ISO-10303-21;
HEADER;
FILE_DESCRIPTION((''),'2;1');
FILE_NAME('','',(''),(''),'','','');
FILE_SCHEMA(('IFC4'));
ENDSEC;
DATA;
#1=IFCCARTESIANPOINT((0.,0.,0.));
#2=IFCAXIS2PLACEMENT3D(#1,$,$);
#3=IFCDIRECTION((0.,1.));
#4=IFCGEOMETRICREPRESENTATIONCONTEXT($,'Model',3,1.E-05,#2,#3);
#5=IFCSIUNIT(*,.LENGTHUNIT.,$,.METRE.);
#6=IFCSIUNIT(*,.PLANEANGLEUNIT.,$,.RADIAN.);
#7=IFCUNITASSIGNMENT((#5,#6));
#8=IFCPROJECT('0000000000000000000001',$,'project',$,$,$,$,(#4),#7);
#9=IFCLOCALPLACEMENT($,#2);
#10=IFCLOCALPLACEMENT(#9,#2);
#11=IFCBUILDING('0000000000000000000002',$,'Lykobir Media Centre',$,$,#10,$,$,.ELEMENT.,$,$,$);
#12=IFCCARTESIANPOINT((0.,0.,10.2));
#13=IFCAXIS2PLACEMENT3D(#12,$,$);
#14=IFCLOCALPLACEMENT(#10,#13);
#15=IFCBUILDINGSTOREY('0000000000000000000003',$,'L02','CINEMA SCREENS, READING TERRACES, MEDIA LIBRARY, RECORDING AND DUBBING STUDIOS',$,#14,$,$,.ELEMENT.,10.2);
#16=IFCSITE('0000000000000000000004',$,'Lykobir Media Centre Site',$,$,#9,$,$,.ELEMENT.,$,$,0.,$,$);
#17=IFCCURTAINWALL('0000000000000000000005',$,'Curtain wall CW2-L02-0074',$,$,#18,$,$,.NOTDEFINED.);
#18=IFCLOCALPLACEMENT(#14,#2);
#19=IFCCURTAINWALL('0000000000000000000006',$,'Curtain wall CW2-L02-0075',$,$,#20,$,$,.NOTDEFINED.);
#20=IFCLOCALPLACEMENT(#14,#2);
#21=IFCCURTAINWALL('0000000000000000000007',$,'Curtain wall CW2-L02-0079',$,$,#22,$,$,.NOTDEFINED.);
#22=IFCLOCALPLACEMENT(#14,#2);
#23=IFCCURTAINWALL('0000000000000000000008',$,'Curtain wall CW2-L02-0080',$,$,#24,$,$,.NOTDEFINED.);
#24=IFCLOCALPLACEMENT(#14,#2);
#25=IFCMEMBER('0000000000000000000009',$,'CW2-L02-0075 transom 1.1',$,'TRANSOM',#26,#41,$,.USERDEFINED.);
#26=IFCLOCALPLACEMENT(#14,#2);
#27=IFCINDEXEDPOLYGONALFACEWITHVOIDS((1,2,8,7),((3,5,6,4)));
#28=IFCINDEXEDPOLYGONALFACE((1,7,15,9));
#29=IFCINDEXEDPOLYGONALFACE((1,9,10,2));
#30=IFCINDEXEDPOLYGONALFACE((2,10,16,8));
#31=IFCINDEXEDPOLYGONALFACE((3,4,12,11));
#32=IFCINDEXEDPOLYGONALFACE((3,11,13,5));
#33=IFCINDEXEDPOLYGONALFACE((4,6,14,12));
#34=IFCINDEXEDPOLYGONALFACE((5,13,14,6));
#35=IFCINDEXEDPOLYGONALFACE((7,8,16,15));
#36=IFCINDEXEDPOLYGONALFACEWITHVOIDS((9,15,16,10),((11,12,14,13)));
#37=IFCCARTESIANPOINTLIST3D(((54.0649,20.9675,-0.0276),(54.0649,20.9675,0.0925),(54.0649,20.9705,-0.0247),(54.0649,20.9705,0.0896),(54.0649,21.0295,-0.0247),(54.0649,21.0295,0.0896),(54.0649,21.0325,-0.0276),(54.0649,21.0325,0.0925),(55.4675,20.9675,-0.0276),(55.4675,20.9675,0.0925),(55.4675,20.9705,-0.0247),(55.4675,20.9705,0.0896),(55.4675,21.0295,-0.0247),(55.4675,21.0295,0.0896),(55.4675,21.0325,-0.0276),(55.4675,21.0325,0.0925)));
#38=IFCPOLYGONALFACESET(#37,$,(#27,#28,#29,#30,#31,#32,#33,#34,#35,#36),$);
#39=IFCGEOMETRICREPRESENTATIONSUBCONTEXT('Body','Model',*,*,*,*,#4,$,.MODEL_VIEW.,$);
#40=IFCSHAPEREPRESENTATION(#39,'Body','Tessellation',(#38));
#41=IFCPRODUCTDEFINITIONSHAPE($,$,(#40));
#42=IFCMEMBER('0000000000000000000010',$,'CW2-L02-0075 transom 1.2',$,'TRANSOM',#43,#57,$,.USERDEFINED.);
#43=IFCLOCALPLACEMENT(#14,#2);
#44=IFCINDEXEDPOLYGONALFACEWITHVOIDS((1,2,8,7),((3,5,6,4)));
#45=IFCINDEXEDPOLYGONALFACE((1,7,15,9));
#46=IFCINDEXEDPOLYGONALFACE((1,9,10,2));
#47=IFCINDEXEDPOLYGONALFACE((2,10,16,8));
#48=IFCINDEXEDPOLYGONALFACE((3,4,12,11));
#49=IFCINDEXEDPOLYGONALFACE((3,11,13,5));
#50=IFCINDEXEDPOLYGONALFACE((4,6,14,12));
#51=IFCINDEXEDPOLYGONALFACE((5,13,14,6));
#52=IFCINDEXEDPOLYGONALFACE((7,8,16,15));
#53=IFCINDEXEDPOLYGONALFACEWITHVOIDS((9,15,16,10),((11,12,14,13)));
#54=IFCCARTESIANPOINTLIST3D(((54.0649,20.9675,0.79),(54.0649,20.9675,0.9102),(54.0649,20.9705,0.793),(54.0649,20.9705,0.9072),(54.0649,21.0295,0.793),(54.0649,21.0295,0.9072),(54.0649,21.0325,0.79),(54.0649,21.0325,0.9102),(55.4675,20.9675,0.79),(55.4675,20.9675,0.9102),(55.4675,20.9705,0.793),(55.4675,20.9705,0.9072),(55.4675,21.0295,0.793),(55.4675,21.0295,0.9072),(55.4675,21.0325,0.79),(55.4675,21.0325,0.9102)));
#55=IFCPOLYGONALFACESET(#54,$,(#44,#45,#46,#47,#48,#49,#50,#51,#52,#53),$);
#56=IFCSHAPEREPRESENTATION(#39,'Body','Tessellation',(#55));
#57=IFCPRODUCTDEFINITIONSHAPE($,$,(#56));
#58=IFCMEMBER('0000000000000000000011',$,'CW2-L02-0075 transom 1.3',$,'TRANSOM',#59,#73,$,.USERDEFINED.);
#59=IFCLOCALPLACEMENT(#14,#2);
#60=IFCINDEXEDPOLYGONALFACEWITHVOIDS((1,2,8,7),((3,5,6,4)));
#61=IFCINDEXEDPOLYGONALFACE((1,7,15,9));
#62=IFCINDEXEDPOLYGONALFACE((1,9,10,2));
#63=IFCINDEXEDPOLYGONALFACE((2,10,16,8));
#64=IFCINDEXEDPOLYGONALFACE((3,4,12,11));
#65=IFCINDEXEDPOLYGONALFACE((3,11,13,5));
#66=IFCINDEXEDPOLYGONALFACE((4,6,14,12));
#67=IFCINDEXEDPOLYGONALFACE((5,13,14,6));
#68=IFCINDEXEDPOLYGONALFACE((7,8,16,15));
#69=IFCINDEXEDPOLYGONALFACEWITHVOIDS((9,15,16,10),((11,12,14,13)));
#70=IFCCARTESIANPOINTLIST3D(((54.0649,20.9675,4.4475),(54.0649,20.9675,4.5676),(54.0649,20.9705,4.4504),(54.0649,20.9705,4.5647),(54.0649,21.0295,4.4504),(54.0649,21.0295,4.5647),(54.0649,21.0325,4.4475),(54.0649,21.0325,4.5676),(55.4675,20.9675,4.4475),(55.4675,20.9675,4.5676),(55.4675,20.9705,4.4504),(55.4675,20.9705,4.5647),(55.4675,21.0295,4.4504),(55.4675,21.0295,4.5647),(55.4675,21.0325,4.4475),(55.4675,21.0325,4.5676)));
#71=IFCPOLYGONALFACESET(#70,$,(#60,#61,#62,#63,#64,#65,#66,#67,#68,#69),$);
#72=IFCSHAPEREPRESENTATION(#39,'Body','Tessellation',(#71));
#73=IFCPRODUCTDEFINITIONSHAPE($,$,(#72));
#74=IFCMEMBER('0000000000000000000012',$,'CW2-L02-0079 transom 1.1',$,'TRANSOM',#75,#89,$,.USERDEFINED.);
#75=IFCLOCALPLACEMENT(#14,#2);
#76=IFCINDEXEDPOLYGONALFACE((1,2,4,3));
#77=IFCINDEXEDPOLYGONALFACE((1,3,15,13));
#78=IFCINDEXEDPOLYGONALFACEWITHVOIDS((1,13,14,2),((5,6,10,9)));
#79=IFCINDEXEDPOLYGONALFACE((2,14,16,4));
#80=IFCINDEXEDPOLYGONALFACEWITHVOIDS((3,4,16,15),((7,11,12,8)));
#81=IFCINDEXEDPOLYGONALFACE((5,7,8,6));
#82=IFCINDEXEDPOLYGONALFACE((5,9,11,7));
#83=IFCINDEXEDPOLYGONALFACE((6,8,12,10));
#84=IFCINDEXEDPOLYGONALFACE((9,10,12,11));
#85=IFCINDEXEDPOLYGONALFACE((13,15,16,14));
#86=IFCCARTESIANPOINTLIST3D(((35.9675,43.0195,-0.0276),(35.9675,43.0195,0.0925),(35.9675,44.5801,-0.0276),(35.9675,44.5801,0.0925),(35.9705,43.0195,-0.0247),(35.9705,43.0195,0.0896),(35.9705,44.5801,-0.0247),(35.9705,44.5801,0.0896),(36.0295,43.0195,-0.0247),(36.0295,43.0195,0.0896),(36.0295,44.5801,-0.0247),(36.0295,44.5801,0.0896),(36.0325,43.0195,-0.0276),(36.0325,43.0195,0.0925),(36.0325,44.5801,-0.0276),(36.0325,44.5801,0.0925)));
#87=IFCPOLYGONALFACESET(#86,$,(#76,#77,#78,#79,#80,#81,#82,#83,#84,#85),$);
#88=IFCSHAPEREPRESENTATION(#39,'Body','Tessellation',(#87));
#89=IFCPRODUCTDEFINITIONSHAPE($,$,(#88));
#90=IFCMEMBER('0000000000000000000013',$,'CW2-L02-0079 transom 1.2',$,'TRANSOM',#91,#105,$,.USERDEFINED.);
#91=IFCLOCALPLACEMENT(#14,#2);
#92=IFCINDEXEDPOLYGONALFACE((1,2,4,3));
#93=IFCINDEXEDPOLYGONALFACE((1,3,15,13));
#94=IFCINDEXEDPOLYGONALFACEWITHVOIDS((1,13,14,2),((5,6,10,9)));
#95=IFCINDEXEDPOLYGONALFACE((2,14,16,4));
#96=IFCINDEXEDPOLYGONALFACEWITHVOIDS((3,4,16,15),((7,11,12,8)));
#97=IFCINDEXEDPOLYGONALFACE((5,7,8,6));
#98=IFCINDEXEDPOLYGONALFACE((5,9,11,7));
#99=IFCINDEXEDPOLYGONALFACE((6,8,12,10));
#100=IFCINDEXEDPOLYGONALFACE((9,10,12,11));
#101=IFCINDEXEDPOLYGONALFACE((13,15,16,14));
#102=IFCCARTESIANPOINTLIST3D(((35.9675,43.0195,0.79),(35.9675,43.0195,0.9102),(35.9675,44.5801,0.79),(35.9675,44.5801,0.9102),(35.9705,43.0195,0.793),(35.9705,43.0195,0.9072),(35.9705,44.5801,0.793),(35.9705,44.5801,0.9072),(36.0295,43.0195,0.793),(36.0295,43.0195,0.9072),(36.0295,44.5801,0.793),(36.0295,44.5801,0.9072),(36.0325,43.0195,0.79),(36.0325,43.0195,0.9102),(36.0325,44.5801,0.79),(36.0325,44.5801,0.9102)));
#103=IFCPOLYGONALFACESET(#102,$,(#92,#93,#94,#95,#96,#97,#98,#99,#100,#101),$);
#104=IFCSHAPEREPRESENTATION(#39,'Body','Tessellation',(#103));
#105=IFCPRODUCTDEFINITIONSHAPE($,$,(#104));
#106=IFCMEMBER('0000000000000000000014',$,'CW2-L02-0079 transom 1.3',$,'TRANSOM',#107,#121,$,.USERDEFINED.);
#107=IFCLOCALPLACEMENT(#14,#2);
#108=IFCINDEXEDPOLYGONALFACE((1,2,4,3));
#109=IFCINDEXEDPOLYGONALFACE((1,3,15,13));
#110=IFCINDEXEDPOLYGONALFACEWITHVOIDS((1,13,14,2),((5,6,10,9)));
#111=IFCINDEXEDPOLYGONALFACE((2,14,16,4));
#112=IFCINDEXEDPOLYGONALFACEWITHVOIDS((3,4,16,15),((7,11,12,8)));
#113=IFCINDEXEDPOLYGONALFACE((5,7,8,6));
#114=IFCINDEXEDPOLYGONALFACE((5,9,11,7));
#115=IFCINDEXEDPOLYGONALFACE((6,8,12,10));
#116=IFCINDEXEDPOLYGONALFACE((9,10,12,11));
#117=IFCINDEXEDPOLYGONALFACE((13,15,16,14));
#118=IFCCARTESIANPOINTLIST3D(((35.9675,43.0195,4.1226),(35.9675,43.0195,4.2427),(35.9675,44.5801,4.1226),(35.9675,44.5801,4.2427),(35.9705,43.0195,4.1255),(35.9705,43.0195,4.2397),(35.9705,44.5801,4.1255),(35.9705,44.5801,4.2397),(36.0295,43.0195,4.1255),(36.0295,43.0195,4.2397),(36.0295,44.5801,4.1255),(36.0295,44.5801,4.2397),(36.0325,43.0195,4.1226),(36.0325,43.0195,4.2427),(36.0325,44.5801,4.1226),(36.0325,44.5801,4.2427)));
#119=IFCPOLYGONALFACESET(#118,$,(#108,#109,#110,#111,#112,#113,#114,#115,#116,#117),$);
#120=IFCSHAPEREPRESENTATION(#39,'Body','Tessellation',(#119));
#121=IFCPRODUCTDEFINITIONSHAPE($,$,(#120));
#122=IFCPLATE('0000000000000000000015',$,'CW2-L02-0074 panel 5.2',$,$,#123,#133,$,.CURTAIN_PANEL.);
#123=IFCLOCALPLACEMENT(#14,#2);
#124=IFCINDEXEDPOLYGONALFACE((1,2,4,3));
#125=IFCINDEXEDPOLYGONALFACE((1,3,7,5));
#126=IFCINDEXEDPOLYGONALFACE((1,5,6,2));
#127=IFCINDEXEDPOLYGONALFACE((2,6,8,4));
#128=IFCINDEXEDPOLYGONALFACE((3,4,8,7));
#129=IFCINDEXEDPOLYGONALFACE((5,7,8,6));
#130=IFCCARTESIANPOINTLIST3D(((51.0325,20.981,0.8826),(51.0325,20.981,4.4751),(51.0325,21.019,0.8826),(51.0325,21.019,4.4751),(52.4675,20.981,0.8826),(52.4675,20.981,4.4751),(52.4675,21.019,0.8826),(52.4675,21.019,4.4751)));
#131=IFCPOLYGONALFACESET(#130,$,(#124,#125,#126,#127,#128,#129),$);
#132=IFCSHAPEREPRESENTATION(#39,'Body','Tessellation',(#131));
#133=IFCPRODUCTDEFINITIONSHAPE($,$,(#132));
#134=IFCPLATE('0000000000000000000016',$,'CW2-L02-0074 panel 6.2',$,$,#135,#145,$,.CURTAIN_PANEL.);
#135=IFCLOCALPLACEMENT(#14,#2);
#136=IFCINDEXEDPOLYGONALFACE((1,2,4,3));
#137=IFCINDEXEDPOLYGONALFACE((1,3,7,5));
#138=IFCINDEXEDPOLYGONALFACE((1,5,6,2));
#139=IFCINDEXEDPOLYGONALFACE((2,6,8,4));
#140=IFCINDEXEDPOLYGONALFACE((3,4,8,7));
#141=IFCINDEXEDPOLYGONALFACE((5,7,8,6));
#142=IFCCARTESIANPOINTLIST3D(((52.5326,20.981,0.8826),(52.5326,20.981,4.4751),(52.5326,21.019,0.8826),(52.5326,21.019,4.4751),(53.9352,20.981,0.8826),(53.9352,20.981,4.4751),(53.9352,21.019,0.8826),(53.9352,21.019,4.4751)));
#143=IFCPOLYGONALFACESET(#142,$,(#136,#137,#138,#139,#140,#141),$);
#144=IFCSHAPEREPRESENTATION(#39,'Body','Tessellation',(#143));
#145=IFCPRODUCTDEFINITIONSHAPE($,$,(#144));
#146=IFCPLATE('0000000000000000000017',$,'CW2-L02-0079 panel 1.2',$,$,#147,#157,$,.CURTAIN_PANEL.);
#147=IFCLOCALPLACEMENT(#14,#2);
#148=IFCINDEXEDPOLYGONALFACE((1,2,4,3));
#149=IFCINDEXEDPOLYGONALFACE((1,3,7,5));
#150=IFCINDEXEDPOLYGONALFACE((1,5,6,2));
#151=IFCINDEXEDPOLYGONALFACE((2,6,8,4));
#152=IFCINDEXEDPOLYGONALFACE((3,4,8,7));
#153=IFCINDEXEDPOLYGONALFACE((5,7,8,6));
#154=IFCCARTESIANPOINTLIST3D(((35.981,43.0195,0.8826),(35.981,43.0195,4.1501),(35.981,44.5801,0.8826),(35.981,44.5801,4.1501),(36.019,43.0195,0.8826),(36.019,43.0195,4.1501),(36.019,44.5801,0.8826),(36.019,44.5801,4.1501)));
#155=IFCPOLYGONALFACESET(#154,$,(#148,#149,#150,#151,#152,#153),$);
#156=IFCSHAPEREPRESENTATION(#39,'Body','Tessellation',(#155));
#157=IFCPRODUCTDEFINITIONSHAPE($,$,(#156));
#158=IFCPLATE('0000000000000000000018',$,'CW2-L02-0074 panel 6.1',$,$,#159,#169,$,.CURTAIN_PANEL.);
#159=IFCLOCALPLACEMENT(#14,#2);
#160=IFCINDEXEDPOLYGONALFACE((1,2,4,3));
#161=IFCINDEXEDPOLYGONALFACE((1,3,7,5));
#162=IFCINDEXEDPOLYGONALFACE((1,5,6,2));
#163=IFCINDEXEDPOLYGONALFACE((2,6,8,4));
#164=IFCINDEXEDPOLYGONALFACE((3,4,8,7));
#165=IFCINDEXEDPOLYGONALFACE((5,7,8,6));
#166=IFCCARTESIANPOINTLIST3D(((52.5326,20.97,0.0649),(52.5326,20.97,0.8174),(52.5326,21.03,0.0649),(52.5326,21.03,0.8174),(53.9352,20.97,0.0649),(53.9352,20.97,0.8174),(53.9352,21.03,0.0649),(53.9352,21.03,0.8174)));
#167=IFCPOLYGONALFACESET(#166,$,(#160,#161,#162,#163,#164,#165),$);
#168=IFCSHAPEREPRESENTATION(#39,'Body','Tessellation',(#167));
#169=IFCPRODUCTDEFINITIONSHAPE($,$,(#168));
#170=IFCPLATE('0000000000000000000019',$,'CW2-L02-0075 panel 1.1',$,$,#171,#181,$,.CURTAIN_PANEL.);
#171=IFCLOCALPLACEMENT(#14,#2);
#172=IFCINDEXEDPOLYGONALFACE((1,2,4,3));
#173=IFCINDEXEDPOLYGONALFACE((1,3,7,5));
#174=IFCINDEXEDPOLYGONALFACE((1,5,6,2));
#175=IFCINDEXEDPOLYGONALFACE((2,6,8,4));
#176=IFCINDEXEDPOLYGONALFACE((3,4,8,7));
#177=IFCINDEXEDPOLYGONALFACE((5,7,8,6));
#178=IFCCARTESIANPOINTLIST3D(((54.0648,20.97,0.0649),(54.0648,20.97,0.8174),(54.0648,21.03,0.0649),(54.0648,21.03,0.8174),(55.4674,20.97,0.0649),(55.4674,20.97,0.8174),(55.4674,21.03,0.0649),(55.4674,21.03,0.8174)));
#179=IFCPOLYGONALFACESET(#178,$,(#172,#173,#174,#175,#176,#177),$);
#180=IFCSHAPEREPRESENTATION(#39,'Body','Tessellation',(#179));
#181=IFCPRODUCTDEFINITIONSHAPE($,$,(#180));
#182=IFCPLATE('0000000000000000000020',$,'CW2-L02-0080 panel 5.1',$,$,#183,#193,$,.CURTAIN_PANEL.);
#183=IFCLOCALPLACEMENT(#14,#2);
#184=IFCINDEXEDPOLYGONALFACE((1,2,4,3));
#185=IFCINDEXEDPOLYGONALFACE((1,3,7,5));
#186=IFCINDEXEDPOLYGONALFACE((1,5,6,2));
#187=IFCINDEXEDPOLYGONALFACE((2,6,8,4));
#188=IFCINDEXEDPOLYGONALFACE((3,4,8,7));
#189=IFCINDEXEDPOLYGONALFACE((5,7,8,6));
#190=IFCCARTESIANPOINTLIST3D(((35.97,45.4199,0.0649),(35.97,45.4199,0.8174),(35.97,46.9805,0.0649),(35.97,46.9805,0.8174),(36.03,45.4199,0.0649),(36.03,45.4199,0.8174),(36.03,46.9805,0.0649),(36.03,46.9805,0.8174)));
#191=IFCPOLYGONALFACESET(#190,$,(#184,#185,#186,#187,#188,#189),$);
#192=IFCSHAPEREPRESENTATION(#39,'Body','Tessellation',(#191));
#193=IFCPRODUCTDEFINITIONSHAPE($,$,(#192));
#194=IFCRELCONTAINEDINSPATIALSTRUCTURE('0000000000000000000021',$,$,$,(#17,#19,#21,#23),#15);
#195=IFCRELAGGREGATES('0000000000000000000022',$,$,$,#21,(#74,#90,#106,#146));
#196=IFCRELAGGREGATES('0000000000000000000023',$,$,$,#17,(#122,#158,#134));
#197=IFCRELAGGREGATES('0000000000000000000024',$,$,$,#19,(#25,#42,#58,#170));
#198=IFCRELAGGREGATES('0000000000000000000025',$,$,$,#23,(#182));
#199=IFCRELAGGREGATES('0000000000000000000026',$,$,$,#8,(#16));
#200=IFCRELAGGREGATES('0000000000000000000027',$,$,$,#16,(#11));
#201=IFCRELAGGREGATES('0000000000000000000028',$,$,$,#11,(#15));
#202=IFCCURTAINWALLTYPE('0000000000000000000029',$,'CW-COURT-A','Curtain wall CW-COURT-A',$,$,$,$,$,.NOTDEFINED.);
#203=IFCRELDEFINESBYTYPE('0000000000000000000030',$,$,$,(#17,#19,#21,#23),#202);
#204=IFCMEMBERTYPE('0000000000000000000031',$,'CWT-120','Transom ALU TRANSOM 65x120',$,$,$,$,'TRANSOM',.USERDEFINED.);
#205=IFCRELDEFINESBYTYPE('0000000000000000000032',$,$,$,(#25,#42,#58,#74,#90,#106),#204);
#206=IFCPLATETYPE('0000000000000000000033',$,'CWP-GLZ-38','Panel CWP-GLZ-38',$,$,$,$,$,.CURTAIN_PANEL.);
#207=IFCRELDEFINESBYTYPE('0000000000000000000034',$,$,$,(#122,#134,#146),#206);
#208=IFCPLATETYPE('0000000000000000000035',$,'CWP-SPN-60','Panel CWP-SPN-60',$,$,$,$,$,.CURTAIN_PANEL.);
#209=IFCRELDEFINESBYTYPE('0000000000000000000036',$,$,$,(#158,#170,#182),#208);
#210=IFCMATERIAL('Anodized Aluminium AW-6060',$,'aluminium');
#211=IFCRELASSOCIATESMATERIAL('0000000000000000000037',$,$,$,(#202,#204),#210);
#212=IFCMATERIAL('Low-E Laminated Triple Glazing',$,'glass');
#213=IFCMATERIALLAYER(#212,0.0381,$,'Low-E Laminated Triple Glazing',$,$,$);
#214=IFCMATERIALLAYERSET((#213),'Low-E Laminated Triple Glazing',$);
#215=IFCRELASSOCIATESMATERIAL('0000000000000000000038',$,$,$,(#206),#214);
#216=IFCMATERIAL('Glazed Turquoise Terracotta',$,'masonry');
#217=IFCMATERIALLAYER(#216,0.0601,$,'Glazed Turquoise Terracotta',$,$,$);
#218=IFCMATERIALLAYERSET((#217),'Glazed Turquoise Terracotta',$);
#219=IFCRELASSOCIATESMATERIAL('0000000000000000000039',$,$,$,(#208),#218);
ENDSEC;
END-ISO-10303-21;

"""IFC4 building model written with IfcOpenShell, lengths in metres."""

from ifc_helpers import new_model, si_unit, direction, frame, origin, origin_2d, place, context, subcontext, project, spatial, rectangle, hollow_rectangle, extrude, material, layer, layer_set, material_profile, profile_set, type_object, element, aggregate, save


model = new_model("IFC4")

# Units and contexts
model_context = context("Model", 3, precision=1e-05, world=origin(), true_north=direction((0.0, 1.0)))
body_context = subcontext(model_context, "Body", "Model", "MODEL_VIEW")
ifc_project = project(units=[si_unit("LENGTHUNIT", "METRE"), si_unit("PLANEANGLEUNIT", "RADIAN")], contexts=[model_context])

# Site, building, storey
site_placement = place(None, origin())
site = spatial("IfcSite", under=ifc_project, at=site_placement, Name="Lykobir Media Centre Site", CompositionType="ELEMENT", RefElevation=0.0)
building_placement = place(site_placement, origin())
building = spatial("IfcBuilding", under=site, at=building_placement, Name="Lykobir Media Centre", CompositionType="ELEMENT")
storey_placement = place(building_placement, frame((0.0, 0.0, 10.2)))
storey = spatial("IfcBuildingStorey", under=building, at=storey_placement, Name="L02", Description="CINEMA SCREENS, READING TERRACES, MEDIA LIBRARY, RECORDING AND DUBBING STUDIOS", CompositionType="ELEMENT", Elevation=10.2)

# Curtain wall
ifc_material_1 = material(Name="Anodized Aluminium AW-6060", Category="aluminium")
curtain_wall_type = type_object("IfcCurtainWallType", Name="CW-COURT-A", Description="Curtain wall CW-COURT-A", PredefinedType="NOTDEFINED", material=ifc_material_1)
curtain_wall_1_placement = place(storey_placement, origin())
curtain_wall_1 = element("IfcCurtainWall", 1, at=curtain_wall_1_placement, inside=storey, type_object=curtain_wall_type, Name="Curtain wall CW2-L02-0074", PredefinedType="NOTDEFINED")

# Curtain walls
curtain_wall_2_placement = place(storey_placement, origin())
curtain_wall_2 = element("IfcCurtainWall", 2, at=curtain_wall_2_placement, inside=storey, type_object=curtain_wall_type, Name="Curtain wall CW2-L02-0075", PredefinedType="NOTDEFINED")
curtain_wall_3_placement = place(storey_placement, origin())
curtain_wall_3 = element("IfcCurtainWall", 3, at=curtain_wall_3_placement, inside=storey, type_object=curtain_wall_type, Name="Curtain wall CW2-L02-0079", PredefinedType="NOTDEFINED")
curtain_wall_4_placement = place(storey_placement, origin())
curtain_wall_4 = element("IfcCurtainWall", 4, at=curtain_wall_4_placement, inside=storey, type_object=curtain_wall_type, Name="Curtain wall CW2-L02-0080", PredefinedType="NOTDEFINED")

# Members
ifc_material_profile_1 = material_profile(ifc_material_1, hollow_rectangle(XDim=0.0649, YDim=0.1201, WallThickness=0.0029, at=origin_2d()), Name="ALU TRANSOM 65x120")
ifc_profile_set_1 = profile_set([ifc_material_profile_1], Name="Anodized Aluminium AW-6060")
member_type_1 = type_object("IfcMemberType", Name="CWT-120", Description="Transom ALU TRANSOM 65x120", ElementType="TRANSOM", PredefinedType="USERDEFINED", material=ifc_profile_set_1)
member_1_placement = place(storey_placement, frame((54.0649, 21.0, 0.0325), z_axis=(1.0, 0.0, 0.0), x_axis=(0.0, 1.0, 0.0)))
member_1 = element("IfcMember", 5, at=member_1_placement, type_object=member_type_1, Name="CW2-L02-0075 transom 1.1", ObjectType="TRANSOM", PredefinedType="USERDEFINED", context=body_context, shape_type="SweptSolid", body=[
    extrude(hollow_rectangle(XDim=0.0649, YDim=0.1201, WallThickness=0.0029, at=origin_2d()), origin(), (0.0, 0.0, 1.0), 1.4026),
])
member_2_placement = place(storey_placement, frame((54.0649, 21.0, 0.8501), z_axis=(1.0, 0.0, 0.0), x_axis=(0.0, 1.0, 0.0)))
member_2 = element("IfcMember", 6, at=member_2_placement, type_object=member_type_1, Name="CW2-L02-0075 transom 1.2", ObjectType="TRANSOM", PredefinedType="USERDEFINED", context=body_context, shape_type="SweptSolid", body=[
    extrude(hollow_rectangle(XDim=0.0649, YDim=0.1201, WallThickness=0.0029, at=origin_2d()), origin(), (0.0, 0.0, 1.0), 1.4026),
])
member_3_placement = place(storey_placement, frame((54.0649, 21.0, 4.5076), z_axis=(1.0, 0.0, 0.0), x_axis=(0.0, 1.0, 0.0)))
member_3 = element("IfcMember", 7, at=member_3_placement, type_object=member_type_1, Name="CW2-L02-0075 transom 1.3", ObjectType="TRANSOM", PredefinedType="USERDEFINED", context=body_context, shape_type="SweptSolid", body=[
    extrude(hollow_rectangle(XDim=0.0649, YDim=0.1201, WallThickness=0.0029, at=origin_2d()), origin(), (0.0, 0.0, 1.0), 1.4026),
])
member_4_placement = place(storey_placement, frame((36.0, 44.5801, 0.0325), z_axis=(0.0, -1.0, 0.0), x_axis=(1.0, 0.0, 0.0)))
member_4 = element("IfcMember", 8, at=member_4_placement, type_object=member_type_1, Name="CW2-L02-0079 transom 1.1", ObjectType="TRANSOM", PredefinedType="USERDEFINED", context=body_context, shape_type="SweptSolid", body=[
    extrude(hollow_rectangle(XDim=0.0649, YDim=0.1201, WallThickness=0.0029, at=origin_2d()), origin(), (0.0, 0.0, 1.0), 1.5605),
])
member_5_placement = place(storey_placement, frame((36.0, 44.5801, 0.8501), z_axis=(0.0, -1.0, 0.0), x_axis=(1.0, 0.0, 0.0)))
member_5 = element("IfcMember", 9, at=member_5_placement, type_object=member_type_1, Name="CW2-L02-0079 transom 1.2", ObjectType="TRANSOM", PredefinedType="USERDEFINED", context=body_context, shape_type="SweptSolid", body=[
    extrude(hollow_rectangle(XDim=0.0649, YDim=0.1201, WallThickness=0.0029, at=origin_2d()), origin(), (0.0, 0.0, 1.0), 1.5605),
])
member_6_placement = place(storey_placement, frame((36.0, 44.5801, 4.1826), z_axis=(0.0, -1.0, 0.0), x_axis=(1.0, 0.0, 0.0)))
member_6 = element("IfcMember", 10, at=member_6_placement, type_object=member_type_1, Name="CW2-L02-0079 transom 1.3", ObjectType="TRANSOM", PredefinedType="USERDEFINED", context=body_context, shape_type="SweptSolid", body=[
    extrude(hollow_rectangle(XDim=0.0649, YDim=0.1201, WallThickness=0.0029, at=origin_2d()), origin(), (0.0, 0.0, 1.0), 1.5605),
])

# Plates
ifc_material_2 = material(Name="Low-E Laminated Triple Glazing", Category="glass")
ifc_layer_1 = layer(ifc_material_2, 0.0381, Name="Low-E Laminated Triple Glazing")
ifc_layer_set_1 = layer_set([ifc_layer_1], Name="Low-E Laminated Triple Glazing")
plate_type_1 = type_object("IfcPlateType", Name="CWP-GLZ-38", Description="Panel CWP-GLZ-38", PredefinedType="CURTAIN_PANEL", material=ifc_layer_set_1)
plate_1_placement = place(storey_placement, frame((51.75, 21.0, 0.8826), z_axis=(0.0, 0.0, 1.0), x_axis=(1.0, 0.0, 0.0)))
plate_1 = element("IfcPlate", 11, at=plate_1_placement, type_object=plate_type_1, Name="CW2-L02-0074 panel 5.2", PredefinedType="CURTAIN_PANEL", context=body_context, shape_type="SweptSolid", body=[
    extrude(rectangle(XDim=1.4351, YDim=0.0381, at=origin_2d()), origin(), (0.0, 0.0, 1.0), 3.5925),
])
plate_2_placement = place(storey_placement, frame((53.2339, 21.0, 0.8826), z_axis=(0.0, 0.0, 1.0), x_axis=(1.0, 0.0, 0.0)))
plate_2 = element("IfcPlate", 12, at=plate_2_placement, type_object=plate_type_1, Name="CW2-L02-0074 panel 6.2", PredefinedType="CURTAIN_PANEL", context=body_context, shape_type="SweptSolid", body=[
    extrude(rectangle(XDim=1.4026, YDim=0.0381, at=origin_2d()), origin(), (0.0, 0.0, 1.0), 3.5925),
])
plate_3_placement = place(storey_placement, frame((36.0, 43.7998, 0.8826), z_axis=(0.0, 0.0, 1.0), x_axis=(0.0, -1.0, 0.0)))
plate_3 = element("IfcPlate", 13, at=plate_3_placement, type_object=plate_type_1, Name="CW2-L02-0079 panel 1.2", PredefinedType="CURTAIN_PANEL", context=body_context, shape_type="SweptSolid", body=[
    extrude(rectangle(XDim=1.5605, YDim=0.0381, at=origin_2d()), origin(), (0.0, 0.0, 1.0), 3.2676),
])
aggregate(curtain_wall_3, [member_4, member_5, member_6, plate_3])
ifc_material_3 = material(Name="Glazed Turquoise Terracotta", Category="masonry")
ifc_layer_2 = layer(ifc_material_3, 0.0601, Name="Glazed Turquoise Terracotta")
ifc_layer_set_2 = layer_set([ifc_layer_2], Name="Glazed Turquoise Terracotta")
plate_type_2 = type_object("IfcPlateType", Name="CWP-SPN-60", Description="Panel CWP-SPN-60", PredefinedType="CURTAIN_PANEL", material=ifc_layer_set_2)
plate_4_placement = place(storey_placement, frame((53.2339, 21.0, 0.0649), z_axis=(0.0, 0.0, 1.0), x_axis=(1.0, 0.0, 0.0)))
plate_4 = element("IfcPlate", 14, at=plate_4_placement, type_object=plate_type_2, Name="CW2-L02-0074 panel 6.1", PredefinedType="CURTAIN_PANEL", context=body_context, shape_type="SweptSolid", body=[
    extrude(rectangle(XDim=1.4026, YDim=0.0601, at=origin_2d()), origin(), (0.0, 0.0, 1.0), 0.7524),
])
aggregate(curtain_wall_1, [plate_1, plate_4, plate_2])
plate_5_placement = place(storey_placement, frame((54.7661, 21.0, 0.0649), z_axis=(0.0, 0.0, 1.0), x_axis=(1.0, 0.0, 0.0)))
plate_5 = element("IfcPlate", 15, at=plate_5_placement, type_object=plate_type_2, Name="CW2-L02-0075 panel 1.1", PredefinedType="CURTAIN_PANEL", context=body_context, shape_type="SweptSolid", body=[
    extrude(rectangle(XDim=1.4026, YDim=0.0601, at=origin_2d()), origin(), (0.0, 0.0, 1.0), 0.7524),
])
aggregate(curtain_wall_2, [member_1, member_2, member_3, plate_5])
plate_6_placement = place(storey_placement, frame((36.0, 46.2002, 0.0649), z_axis=(0.0, 0.0, 1.0), x_axis=(0.0, -1.0, 0.0)))
plate_6 = element("IfcPlate", 16, at=plate_6_placement, type_object=plate_type_2, Name="CW2-L02-0080 panel 5.1", PredefinedType="CURTAIN_PANEL", context=body_context, shape_type="SweptSolid", body=[
    extrude(rectangle(XDim=1.5605, YDim=0.0601, at=origin_2d()), origin(), (0.0, 0.0, 1.0), 0.7524),
])
aggregate(curtain_wall_4, [plate_6])

save(model, "model.ifc")
